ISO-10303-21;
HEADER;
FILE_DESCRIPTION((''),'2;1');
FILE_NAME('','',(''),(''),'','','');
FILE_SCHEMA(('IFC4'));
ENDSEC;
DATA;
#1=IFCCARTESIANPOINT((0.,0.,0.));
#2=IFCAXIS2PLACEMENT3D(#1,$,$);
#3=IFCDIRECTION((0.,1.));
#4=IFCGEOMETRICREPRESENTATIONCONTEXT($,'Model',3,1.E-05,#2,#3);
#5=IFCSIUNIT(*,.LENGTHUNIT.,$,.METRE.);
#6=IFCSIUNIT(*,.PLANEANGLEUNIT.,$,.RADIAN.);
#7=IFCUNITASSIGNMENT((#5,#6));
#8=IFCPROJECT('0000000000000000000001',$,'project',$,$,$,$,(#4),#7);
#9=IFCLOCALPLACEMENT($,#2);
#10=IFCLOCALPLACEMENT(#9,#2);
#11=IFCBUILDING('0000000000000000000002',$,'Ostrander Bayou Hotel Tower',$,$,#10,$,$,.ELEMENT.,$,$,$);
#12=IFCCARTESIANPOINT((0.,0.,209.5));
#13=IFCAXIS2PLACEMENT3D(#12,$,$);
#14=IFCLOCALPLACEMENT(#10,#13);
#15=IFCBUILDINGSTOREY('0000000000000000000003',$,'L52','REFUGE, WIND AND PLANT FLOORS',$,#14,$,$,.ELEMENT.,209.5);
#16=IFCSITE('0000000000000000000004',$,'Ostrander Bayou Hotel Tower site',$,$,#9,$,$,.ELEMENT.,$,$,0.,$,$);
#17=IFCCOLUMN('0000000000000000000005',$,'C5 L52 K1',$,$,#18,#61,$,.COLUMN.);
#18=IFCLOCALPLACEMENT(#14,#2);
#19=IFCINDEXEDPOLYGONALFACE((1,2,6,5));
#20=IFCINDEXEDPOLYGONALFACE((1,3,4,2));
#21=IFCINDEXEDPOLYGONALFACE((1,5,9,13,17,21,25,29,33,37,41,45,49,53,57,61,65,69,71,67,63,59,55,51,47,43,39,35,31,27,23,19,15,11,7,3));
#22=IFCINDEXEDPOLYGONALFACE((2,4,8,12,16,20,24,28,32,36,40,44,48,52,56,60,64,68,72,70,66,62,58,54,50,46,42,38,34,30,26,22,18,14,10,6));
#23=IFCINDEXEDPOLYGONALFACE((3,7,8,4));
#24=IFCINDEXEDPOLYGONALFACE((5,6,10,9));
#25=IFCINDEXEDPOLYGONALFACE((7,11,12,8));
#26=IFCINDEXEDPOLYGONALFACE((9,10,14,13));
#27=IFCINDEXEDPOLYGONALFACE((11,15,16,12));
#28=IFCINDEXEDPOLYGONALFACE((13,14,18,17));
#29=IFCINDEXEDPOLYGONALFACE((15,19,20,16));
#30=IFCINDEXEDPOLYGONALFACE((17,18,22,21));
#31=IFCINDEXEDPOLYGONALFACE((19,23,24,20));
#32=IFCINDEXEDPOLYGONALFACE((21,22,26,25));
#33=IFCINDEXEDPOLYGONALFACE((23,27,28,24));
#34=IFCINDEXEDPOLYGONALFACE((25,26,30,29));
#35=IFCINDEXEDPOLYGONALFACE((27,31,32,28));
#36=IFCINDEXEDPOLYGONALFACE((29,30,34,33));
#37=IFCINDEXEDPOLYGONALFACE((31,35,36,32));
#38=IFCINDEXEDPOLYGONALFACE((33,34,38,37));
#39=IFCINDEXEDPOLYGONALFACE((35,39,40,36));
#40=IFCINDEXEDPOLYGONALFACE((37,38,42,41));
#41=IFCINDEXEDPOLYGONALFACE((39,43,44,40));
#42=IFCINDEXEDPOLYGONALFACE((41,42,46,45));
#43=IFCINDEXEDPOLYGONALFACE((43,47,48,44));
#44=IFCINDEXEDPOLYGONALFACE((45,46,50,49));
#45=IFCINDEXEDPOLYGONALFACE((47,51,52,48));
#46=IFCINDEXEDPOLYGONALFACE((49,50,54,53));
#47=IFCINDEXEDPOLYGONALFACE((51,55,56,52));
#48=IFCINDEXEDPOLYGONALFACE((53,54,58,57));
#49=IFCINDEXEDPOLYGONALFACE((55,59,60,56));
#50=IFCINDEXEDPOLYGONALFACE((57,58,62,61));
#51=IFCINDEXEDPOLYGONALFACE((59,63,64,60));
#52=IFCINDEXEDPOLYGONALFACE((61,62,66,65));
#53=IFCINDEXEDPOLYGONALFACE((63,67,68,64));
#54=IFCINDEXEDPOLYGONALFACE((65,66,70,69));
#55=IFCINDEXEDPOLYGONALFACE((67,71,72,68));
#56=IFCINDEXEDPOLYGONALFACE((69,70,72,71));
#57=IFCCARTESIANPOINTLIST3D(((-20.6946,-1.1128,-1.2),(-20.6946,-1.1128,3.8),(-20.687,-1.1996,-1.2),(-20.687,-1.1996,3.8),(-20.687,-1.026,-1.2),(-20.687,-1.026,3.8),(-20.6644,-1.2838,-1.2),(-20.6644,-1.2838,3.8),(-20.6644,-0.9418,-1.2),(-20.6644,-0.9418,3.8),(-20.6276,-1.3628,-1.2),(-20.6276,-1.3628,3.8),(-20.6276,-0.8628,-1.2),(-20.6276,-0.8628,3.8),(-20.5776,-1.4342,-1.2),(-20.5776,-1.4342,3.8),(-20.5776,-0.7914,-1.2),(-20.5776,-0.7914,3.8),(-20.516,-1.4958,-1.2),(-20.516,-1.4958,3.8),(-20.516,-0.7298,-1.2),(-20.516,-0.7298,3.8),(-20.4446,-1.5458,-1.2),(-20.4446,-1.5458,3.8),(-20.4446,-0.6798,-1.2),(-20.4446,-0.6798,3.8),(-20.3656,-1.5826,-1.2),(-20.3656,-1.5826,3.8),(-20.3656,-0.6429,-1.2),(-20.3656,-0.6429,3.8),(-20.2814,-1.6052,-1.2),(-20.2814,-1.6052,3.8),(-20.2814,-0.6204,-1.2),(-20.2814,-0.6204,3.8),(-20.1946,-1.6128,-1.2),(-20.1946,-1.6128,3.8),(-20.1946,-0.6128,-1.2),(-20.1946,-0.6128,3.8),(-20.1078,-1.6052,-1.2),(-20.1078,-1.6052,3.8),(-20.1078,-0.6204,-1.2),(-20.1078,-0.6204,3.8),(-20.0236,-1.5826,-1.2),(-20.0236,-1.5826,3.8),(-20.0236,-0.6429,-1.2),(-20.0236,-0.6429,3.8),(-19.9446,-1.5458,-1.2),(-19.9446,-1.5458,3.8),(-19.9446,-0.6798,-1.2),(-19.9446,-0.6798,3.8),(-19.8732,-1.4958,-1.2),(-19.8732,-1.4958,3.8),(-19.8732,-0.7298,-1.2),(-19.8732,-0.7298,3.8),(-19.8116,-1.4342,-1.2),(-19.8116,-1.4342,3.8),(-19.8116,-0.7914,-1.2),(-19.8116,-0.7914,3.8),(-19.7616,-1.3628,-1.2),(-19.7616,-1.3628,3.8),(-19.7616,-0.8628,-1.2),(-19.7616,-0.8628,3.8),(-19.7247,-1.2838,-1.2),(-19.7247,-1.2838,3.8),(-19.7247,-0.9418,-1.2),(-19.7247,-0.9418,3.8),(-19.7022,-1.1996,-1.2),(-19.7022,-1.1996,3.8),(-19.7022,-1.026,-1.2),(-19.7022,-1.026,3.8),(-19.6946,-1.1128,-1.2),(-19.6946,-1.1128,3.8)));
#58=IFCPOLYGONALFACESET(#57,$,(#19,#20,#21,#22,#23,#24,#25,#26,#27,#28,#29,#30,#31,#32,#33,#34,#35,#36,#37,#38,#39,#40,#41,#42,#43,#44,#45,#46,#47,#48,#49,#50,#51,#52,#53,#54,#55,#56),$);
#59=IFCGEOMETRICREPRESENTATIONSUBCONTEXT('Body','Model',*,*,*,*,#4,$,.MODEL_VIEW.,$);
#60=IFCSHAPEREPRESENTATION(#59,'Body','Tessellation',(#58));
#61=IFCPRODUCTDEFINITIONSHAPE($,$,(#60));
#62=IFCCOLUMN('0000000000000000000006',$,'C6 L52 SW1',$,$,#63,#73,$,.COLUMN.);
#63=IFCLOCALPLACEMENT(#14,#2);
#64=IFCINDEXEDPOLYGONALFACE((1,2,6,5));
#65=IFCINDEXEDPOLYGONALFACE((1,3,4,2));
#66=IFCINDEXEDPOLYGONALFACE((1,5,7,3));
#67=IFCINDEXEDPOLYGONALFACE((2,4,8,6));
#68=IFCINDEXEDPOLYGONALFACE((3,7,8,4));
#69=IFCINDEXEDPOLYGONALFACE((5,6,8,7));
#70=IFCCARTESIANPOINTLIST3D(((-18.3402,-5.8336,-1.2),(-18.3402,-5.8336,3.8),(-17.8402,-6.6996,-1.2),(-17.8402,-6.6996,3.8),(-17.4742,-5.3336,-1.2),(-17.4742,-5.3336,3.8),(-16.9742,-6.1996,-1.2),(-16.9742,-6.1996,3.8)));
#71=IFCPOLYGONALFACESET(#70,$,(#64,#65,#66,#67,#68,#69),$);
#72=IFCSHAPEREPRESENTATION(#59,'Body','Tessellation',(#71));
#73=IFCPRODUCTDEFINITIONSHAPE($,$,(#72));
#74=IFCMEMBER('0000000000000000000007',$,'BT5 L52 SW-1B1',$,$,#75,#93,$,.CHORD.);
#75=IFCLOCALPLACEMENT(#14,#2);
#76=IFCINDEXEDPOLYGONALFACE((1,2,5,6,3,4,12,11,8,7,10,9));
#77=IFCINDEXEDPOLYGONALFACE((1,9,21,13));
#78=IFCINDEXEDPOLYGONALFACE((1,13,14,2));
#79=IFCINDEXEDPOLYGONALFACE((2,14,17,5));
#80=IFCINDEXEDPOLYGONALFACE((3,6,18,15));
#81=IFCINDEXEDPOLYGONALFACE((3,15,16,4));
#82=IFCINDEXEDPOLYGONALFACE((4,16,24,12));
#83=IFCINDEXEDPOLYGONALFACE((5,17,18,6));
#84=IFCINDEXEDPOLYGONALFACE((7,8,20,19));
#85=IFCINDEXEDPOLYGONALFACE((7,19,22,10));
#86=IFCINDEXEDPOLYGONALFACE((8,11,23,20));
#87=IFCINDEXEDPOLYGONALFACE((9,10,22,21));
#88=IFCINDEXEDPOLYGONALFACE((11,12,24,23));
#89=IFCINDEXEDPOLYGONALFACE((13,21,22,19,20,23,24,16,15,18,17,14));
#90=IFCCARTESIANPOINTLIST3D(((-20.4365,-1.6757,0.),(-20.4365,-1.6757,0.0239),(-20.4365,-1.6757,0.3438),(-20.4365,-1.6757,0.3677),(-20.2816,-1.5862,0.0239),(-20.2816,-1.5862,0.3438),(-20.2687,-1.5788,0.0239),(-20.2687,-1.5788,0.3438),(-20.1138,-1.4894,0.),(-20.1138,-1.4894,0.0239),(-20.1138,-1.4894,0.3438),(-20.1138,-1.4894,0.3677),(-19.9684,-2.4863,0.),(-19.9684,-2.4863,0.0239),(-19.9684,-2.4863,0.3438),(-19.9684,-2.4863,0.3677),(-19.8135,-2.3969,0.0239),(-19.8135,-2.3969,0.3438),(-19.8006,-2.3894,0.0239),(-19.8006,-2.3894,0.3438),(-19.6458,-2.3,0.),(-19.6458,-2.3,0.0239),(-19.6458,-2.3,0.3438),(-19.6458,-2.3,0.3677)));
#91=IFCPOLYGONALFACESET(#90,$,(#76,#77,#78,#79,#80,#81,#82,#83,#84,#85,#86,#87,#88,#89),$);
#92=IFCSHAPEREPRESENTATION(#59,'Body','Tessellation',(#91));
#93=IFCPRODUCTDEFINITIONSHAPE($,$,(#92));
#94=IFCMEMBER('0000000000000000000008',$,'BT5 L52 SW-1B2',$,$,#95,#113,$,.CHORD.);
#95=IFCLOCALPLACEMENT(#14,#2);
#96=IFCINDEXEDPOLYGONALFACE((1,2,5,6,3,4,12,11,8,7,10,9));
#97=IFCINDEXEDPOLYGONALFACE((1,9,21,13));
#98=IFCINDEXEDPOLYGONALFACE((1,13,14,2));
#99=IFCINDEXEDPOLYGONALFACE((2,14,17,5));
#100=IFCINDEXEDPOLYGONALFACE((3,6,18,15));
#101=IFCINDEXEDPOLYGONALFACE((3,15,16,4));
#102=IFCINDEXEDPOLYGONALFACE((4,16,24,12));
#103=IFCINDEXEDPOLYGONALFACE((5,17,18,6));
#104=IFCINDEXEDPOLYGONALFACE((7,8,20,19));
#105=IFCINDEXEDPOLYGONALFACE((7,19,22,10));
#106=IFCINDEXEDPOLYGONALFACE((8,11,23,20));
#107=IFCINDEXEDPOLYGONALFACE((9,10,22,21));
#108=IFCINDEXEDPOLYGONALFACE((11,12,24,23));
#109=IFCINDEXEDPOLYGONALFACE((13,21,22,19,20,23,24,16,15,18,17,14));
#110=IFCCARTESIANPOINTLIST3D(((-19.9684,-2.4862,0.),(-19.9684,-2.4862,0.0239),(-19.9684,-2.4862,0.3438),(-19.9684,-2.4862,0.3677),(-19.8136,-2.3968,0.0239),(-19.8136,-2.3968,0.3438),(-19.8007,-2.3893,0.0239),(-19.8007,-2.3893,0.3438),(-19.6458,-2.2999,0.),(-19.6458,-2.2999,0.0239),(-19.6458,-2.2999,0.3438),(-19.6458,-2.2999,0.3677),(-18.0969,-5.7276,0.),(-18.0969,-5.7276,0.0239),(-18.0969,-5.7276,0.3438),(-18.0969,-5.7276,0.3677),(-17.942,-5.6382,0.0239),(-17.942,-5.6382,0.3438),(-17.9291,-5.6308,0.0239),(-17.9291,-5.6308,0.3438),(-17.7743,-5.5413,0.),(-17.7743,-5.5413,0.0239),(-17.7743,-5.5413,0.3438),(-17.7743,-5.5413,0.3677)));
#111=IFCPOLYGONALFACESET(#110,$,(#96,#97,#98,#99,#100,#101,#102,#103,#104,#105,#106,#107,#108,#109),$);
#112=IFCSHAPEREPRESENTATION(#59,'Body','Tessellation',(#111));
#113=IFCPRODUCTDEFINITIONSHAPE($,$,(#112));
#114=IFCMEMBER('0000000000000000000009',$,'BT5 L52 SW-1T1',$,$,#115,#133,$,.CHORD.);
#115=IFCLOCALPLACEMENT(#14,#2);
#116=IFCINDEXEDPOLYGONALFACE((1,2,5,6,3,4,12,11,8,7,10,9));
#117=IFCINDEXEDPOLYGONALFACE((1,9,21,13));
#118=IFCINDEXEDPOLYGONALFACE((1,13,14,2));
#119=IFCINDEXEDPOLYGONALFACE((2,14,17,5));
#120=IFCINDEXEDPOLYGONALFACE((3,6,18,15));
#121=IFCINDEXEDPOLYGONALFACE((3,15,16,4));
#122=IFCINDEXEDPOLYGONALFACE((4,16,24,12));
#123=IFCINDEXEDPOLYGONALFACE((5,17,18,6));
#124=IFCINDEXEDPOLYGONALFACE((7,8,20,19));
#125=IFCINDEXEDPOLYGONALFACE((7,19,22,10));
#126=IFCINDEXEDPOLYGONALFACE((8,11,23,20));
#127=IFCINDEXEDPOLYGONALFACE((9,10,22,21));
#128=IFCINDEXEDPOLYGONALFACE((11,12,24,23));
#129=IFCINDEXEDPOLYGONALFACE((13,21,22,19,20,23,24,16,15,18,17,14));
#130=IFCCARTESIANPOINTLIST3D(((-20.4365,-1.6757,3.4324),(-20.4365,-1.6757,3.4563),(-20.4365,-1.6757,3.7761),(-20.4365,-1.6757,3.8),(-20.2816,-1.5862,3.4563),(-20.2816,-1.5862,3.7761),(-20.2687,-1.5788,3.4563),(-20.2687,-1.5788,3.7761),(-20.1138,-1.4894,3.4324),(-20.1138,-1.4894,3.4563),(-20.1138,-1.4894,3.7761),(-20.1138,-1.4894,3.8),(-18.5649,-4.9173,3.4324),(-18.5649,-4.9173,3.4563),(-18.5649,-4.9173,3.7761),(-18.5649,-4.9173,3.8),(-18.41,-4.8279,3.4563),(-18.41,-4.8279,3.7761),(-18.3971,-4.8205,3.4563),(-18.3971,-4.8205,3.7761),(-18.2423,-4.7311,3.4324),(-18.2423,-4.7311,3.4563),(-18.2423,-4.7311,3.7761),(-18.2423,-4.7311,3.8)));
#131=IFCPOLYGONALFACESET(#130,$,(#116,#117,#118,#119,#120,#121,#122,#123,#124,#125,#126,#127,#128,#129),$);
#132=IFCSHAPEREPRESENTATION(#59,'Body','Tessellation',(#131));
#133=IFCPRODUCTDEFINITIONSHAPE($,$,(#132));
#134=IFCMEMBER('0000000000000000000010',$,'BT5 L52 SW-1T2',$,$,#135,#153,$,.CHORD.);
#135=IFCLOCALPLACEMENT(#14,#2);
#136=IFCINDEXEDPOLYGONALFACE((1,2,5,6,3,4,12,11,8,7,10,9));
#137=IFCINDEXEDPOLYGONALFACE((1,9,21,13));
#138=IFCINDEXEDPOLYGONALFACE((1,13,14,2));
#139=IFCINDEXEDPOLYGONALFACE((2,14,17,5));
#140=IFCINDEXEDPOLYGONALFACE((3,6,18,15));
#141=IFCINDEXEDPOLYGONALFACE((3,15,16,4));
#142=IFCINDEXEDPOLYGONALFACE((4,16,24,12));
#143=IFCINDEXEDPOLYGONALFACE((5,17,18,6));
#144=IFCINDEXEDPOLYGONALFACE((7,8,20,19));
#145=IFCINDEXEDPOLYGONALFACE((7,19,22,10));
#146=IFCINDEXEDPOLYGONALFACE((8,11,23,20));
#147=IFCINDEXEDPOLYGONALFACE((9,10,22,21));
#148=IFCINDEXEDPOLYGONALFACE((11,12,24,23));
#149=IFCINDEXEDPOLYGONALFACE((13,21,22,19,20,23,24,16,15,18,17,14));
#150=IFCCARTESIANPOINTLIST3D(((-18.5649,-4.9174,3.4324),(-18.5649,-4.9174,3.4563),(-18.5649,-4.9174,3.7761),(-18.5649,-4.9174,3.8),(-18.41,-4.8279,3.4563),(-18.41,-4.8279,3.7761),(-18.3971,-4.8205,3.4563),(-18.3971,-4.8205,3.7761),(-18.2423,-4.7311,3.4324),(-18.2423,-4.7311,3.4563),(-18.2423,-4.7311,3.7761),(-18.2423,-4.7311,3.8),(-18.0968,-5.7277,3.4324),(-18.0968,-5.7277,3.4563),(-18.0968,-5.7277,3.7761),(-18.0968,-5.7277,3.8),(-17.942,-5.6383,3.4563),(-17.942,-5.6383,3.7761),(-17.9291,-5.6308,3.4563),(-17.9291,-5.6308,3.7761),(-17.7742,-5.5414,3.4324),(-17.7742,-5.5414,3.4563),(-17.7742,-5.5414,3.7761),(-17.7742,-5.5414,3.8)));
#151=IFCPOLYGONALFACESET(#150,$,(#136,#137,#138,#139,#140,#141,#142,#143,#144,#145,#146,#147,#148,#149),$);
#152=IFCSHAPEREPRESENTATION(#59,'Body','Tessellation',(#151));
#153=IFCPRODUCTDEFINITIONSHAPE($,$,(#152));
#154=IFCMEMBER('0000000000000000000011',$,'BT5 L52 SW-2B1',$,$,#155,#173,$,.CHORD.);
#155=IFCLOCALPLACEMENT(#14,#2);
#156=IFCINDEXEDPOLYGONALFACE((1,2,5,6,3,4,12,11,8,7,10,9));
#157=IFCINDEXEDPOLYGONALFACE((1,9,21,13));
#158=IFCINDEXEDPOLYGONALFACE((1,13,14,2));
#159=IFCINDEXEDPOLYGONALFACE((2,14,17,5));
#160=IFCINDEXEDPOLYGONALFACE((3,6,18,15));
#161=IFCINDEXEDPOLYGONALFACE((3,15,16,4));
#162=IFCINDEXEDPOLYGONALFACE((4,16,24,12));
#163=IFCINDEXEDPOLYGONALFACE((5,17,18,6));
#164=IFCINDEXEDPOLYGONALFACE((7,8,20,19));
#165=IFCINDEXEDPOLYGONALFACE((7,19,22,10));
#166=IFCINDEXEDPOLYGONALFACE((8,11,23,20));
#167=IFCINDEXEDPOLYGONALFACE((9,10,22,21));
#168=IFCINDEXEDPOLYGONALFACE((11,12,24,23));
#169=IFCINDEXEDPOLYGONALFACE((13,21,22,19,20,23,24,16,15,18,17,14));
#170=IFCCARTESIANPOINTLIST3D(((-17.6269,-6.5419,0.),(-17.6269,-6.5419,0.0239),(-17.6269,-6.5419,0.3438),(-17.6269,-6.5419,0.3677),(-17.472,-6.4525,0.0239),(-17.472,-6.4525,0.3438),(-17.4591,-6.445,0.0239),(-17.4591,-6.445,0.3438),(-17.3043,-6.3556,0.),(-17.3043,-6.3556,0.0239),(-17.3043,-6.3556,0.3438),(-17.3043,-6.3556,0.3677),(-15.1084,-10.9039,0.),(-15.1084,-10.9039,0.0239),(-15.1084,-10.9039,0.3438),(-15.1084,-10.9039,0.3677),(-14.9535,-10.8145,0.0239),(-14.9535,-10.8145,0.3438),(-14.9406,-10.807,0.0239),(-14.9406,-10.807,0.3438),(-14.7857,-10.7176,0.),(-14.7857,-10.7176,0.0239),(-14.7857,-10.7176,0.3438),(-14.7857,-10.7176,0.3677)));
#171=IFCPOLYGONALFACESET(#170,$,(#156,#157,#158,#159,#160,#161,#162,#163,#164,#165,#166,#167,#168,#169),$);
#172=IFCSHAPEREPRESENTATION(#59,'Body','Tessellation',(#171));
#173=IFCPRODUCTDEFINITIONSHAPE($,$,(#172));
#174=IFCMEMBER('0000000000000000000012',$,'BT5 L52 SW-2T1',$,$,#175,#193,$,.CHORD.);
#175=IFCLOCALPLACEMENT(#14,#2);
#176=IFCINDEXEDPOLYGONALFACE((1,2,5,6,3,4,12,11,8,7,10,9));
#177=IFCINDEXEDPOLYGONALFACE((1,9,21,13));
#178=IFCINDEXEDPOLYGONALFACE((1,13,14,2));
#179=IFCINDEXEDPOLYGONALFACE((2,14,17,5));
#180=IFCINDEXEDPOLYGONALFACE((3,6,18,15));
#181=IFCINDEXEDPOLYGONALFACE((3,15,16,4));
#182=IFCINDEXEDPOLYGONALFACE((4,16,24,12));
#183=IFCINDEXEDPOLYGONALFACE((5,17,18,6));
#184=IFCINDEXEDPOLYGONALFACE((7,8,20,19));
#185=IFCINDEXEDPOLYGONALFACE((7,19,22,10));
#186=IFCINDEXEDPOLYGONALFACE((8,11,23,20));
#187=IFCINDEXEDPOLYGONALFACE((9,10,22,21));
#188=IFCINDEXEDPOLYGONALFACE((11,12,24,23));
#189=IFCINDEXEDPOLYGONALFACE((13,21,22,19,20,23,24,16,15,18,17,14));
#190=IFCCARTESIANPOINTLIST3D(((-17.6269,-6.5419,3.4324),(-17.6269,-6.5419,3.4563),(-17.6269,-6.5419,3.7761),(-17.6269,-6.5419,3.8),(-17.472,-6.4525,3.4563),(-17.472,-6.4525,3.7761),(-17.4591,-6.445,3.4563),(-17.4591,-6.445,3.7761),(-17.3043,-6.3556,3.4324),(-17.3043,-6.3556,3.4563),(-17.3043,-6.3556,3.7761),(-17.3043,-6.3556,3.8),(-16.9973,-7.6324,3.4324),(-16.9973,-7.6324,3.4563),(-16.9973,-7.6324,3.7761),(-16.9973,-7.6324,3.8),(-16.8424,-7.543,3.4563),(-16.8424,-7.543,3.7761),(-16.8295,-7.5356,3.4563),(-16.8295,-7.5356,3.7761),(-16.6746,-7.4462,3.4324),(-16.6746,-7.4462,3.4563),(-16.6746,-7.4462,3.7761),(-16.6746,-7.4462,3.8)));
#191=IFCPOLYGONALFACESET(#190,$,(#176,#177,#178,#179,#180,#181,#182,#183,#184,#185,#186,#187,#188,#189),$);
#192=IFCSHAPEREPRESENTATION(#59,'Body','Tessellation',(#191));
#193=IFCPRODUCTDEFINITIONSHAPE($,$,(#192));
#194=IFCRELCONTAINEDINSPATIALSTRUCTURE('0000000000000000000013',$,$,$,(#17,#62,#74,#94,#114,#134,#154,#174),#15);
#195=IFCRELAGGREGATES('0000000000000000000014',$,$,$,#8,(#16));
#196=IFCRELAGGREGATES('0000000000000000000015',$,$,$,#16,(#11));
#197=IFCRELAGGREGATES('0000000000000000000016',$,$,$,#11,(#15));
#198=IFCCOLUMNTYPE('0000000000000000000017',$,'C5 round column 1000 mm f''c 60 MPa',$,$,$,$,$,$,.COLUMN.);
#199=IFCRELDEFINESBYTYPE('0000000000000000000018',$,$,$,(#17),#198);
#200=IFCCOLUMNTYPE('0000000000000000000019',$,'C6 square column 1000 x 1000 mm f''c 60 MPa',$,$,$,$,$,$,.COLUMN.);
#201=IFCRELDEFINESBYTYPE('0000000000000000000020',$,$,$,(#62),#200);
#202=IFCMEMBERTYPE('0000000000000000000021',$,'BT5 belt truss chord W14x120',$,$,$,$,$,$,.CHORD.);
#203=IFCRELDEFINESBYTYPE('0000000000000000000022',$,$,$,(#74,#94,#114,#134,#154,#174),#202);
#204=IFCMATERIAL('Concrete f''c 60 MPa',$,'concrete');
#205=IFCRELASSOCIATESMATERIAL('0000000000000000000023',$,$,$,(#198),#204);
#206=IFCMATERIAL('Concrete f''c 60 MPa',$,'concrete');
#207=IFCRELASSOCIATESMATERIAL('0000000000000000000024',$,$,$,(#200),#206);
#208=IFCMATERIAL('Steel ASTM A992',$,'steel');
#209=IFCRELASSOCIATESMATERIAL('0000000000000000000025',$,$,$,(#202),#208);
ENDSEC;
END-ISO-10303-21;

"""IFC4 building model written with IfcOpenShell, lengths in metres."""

from ifc_helpers import new_model, si_unit, direction, frame, origin, origin_2d, place, context, subcontext, project, spatial, rectangle, circle, i_section, extrude, material, material_profile, profile_set, type_object, element, save


model = new_model("IFC4")

# Units and contexts
model_context = context("Model", 3, precision=1e-05, world=origin(), true_north=direction((0.0, 1.0)))
body_context = subcontext(model_context, "Body", "Model", "MODEL_VIEW")
ifc_project = project(units=[si_unit("LENGTHUNIT", "METRE"), si_unit("PLANEANGLEUNIT", "RADIAN")], contexts=[model_context])

# Site, building, storey
site_placement = place(None, origin())
site = spatial("IfcSite", under=ifc_project, at=site_placement, Name="Ostrander Bayou Hotel Tower site", CompositionType="ELEMENT", RefElevation=0.0)
building_placement = place(site_placement, origin())
building = spatial("IfcBuilding", under=site, at=building_placement, Name="Ostrander Bayou Hotel Tower", CompositionType="ELEMENT")
storey_placement = place(building_placement, frame((0.0, 0.0, 209.5)))
storey = spatial("IfcBuildingStorey", under=building, at=storey_placement, Name="L52", Description="REFUGE, WIND AND PLANT FLOORS", CompositionType="ELEMENT", Elevation=209.5)

# Columns
ifc_material_1 = material(Name="Concrete f'c 60 MPa", Category="concrete")
ifc_material_profile_1 = material_profile(ifc_material_1, circle(Radius=0.5, at=origin_2d()))
ifc_profile_set_1 = profile_set([ifc_material_profile_1], Name="Concrete f'c 60 MPa")
column_type_1 = type_object("IfcColumnType", Name="C5 round column 1000 mm f'c 60 MPa", PredefinedType="COLUMN", material=ifc_profile_set_1)
column_1_placement = place(storey_placement, frame((-20.1946, -1.1128, -1.2), z_axis=(0.0, 0.0, 1.0), x_axis=(1.0, 0.0, 0.0)))
element("IfcColumn", 1, at=column_1_placement, inside=storey, type_object=column_type_1, Name="C5 L52 K1", PredefinedType="COLUMN", context=body_context, shape_type="SweptSolid", body=[
    extrude(circle(Radius=0.5, at=origin_2d()), origin(), (0.0, 0.0, 1.0), 5.0),
])
ifc_material_2 = material(Name="Concrete f'c 60 MPa", Category="concrete")
ifc_material_profile_2 = material_profile(ifc_material_2, rectangle(XDim=1.0, YDim=1.0, at=origin_2d()))
ifc_profile_set_2 = profile_set([ifc_material_profile_2], Name="Concrete f'c 60 MPa")
column_type_2 = type_object("IfcColumnType", Name="C6 square column 1000 x 1000 mm f'c 60 MPa", PredefinedType="COLUMN", material=ifc_profile_set_2)
column_2_placement = place(storey_placement, frame((-17.6572, -6.0166, -1.2), z_axis=(0.0, 0.0, 1.0), x_axis=(-0.5, 0.866025, 0.0)))
element("IfcColumn", 2, at=column_2_placement, inside=storey, type_object=column_type_2, Name="C6 L52 SW1", PredefinedType="COLUMN", context=body_context, shape_type="SweptSolid", body=[
    extrude(rectangle(XDim=1.0, YDim=1.0, at=origin_2d()), origin(), (0.0, 0.0, 1.0), 5.0),
])

# Members
ifc_material_3 = material(Name="Steel ASTM A992", Category="steel")
ifc_material_profile_3 = material_profile(ifc_material_3, i_section(OverallWidth=0.3726, OverallDepth=0.3677, WebThickness=0.0149, FlangeThickness=0.0239, at=origin_2d()))
ifc_profile_set_3 = profile_set([ifc_material_profile_3], Name="Steel ASTM A992")
member_type_1 = type_object("IfcMemberType", Name="BT5 belt truss chord W14x120", PredefinedType="CHORD", material=ifc_profile_set_3)
member_1_placement = place(storey_placement, frame((-20.2751, -1.5825, 0.1838), z_axis=(0.500039, -0.866003, 0.0), x_axis=(0.866003, 0.500039, 0.0)))
element("IfcMember", 3, at=member_1_placement, inside=storey, type_object=member_type_1, Name="BT5 L52 SW-1B1", PredefinedType="CHORD", context=body_context, shape_type="SweptSolid", body=[
    extrude(i_section(OverallWidth=0.3726, OverallDepth=0.3677, WebThickness=0.0149, FlangeThickness=0.0239, at=origin_2d()), origin(), (0.0, 0.0, 1.0), 0.936),
])
member_2_placement = place(storey_placement, frame((-19.8071, -2.3931, 0.1838), z_axis=(0.500025, -0.866011, 0.0), x_axis=(0.866011, 0.500025, 0.0)))
element("IfcMember", 4, at=member_2_placement, inside=storey, type_object=member_type_1, Name="BT5 L52 SW-1B2", PredefinedType="CHORD", context=body_context, shape_type="SweptSolid", body=[
    extrude(i_section(OverallWidth=0.3726, OverallDepth=0.3677, WebThickness=0.0149, FlangeThickness=0.0239, at=origin_2d()), origin(), (0.0, 0.0, 1.0), 3.7429),
])
member_3_placement = place(storey_placement, frame((-20.2751, -1.5825, 3.6162), z_axis=(0.499997, -0.866027, 0.0), x_axis=(0.866027, 0.499997, 0.0)))
element("IfcMember", 5, at=member_3_placement, inside=storey, type_object=member_type_1, Name="BT5 L52 SW-1T1", PredefinedType="CHORD", context=body_context, shape_type="SweptSolid", body=[
    extrude(i_section(OverallWidth=0.3726, OverallDepth=0.3677, WebThickness=0.0149, FlangeThickness=0.0239, at=origin_2d()), origin(), (0.0, 0.0, 1.0), 3.7432),
])
member_4_placement = place(storey_placement, frame((-18.4036, -4.8242, 3.6162), z_axis=(0.500152, -0.865938, 0.0), x_axis=(0.865938, 0.500152, 0.0)))
element("IfcMember", 6, at=member_4_placement, inside=storey, type_object=member_type_1, Name="BT5 L52 SW-1T2", PredefinedType="CHORD", context=body_context, shape_type="SweptSolid", body=[
    extrude(i_section(OverallWidth=0.3726, OverallDepth=0.3677, WebThickness=0.0149, FlangeThickness=0.0239, at=origin_2d()), origin(), (0.0, 0.0, 1.0), 0.9358),
])
member_5_placement = place(storey_placement, frame((-17.4656, -6.4487, 0.1838), z_axis=(0.500018, -0.866015, 0.0), x_axis=(0.866015, 0.500018, 0.0)))
element("IfcMember", 7, at=member_5_placement, inside=storey, type_object=member_type_1, Name="BT5 L52 SW-2B1", PredefinedType="CHORD", context=body_context, shape_type="SweptSolid", body=[
    extrude(i_section(OverallWidth=0.3726, OverallDepth=0.3677, WebThickness=0.0149, FlangeThickness=0.0239, at=origin_2d()), origin(), (0.0, 0.0, 1.0), 5.0369),
])
member_6_placement = place(storey_placement, frame((-17.4656, -6.4487, 3.6162), z_axis=(0.499997, -0.866027, 0.0), x_axis=(0.866027, 0.499997, 0.0)))
element("IfcMember", 8, at=member_6_placement, inside=storey, type_object=member_type_1, Name="BT5 L52 SW-2T1", PredefinedType="CHORD", context=body_context, shape_type="SweptSolid", body=[
    extrude(i_section(OverallWidth=0.3726, OverallDepth=0.3677, WebThickness=0.0149, FlangeThickness=0.0239, at=origin_2d()), origin(), (0.0, 0.0, 1.0), 1.2593),
])

save(model, "model.ifc")
